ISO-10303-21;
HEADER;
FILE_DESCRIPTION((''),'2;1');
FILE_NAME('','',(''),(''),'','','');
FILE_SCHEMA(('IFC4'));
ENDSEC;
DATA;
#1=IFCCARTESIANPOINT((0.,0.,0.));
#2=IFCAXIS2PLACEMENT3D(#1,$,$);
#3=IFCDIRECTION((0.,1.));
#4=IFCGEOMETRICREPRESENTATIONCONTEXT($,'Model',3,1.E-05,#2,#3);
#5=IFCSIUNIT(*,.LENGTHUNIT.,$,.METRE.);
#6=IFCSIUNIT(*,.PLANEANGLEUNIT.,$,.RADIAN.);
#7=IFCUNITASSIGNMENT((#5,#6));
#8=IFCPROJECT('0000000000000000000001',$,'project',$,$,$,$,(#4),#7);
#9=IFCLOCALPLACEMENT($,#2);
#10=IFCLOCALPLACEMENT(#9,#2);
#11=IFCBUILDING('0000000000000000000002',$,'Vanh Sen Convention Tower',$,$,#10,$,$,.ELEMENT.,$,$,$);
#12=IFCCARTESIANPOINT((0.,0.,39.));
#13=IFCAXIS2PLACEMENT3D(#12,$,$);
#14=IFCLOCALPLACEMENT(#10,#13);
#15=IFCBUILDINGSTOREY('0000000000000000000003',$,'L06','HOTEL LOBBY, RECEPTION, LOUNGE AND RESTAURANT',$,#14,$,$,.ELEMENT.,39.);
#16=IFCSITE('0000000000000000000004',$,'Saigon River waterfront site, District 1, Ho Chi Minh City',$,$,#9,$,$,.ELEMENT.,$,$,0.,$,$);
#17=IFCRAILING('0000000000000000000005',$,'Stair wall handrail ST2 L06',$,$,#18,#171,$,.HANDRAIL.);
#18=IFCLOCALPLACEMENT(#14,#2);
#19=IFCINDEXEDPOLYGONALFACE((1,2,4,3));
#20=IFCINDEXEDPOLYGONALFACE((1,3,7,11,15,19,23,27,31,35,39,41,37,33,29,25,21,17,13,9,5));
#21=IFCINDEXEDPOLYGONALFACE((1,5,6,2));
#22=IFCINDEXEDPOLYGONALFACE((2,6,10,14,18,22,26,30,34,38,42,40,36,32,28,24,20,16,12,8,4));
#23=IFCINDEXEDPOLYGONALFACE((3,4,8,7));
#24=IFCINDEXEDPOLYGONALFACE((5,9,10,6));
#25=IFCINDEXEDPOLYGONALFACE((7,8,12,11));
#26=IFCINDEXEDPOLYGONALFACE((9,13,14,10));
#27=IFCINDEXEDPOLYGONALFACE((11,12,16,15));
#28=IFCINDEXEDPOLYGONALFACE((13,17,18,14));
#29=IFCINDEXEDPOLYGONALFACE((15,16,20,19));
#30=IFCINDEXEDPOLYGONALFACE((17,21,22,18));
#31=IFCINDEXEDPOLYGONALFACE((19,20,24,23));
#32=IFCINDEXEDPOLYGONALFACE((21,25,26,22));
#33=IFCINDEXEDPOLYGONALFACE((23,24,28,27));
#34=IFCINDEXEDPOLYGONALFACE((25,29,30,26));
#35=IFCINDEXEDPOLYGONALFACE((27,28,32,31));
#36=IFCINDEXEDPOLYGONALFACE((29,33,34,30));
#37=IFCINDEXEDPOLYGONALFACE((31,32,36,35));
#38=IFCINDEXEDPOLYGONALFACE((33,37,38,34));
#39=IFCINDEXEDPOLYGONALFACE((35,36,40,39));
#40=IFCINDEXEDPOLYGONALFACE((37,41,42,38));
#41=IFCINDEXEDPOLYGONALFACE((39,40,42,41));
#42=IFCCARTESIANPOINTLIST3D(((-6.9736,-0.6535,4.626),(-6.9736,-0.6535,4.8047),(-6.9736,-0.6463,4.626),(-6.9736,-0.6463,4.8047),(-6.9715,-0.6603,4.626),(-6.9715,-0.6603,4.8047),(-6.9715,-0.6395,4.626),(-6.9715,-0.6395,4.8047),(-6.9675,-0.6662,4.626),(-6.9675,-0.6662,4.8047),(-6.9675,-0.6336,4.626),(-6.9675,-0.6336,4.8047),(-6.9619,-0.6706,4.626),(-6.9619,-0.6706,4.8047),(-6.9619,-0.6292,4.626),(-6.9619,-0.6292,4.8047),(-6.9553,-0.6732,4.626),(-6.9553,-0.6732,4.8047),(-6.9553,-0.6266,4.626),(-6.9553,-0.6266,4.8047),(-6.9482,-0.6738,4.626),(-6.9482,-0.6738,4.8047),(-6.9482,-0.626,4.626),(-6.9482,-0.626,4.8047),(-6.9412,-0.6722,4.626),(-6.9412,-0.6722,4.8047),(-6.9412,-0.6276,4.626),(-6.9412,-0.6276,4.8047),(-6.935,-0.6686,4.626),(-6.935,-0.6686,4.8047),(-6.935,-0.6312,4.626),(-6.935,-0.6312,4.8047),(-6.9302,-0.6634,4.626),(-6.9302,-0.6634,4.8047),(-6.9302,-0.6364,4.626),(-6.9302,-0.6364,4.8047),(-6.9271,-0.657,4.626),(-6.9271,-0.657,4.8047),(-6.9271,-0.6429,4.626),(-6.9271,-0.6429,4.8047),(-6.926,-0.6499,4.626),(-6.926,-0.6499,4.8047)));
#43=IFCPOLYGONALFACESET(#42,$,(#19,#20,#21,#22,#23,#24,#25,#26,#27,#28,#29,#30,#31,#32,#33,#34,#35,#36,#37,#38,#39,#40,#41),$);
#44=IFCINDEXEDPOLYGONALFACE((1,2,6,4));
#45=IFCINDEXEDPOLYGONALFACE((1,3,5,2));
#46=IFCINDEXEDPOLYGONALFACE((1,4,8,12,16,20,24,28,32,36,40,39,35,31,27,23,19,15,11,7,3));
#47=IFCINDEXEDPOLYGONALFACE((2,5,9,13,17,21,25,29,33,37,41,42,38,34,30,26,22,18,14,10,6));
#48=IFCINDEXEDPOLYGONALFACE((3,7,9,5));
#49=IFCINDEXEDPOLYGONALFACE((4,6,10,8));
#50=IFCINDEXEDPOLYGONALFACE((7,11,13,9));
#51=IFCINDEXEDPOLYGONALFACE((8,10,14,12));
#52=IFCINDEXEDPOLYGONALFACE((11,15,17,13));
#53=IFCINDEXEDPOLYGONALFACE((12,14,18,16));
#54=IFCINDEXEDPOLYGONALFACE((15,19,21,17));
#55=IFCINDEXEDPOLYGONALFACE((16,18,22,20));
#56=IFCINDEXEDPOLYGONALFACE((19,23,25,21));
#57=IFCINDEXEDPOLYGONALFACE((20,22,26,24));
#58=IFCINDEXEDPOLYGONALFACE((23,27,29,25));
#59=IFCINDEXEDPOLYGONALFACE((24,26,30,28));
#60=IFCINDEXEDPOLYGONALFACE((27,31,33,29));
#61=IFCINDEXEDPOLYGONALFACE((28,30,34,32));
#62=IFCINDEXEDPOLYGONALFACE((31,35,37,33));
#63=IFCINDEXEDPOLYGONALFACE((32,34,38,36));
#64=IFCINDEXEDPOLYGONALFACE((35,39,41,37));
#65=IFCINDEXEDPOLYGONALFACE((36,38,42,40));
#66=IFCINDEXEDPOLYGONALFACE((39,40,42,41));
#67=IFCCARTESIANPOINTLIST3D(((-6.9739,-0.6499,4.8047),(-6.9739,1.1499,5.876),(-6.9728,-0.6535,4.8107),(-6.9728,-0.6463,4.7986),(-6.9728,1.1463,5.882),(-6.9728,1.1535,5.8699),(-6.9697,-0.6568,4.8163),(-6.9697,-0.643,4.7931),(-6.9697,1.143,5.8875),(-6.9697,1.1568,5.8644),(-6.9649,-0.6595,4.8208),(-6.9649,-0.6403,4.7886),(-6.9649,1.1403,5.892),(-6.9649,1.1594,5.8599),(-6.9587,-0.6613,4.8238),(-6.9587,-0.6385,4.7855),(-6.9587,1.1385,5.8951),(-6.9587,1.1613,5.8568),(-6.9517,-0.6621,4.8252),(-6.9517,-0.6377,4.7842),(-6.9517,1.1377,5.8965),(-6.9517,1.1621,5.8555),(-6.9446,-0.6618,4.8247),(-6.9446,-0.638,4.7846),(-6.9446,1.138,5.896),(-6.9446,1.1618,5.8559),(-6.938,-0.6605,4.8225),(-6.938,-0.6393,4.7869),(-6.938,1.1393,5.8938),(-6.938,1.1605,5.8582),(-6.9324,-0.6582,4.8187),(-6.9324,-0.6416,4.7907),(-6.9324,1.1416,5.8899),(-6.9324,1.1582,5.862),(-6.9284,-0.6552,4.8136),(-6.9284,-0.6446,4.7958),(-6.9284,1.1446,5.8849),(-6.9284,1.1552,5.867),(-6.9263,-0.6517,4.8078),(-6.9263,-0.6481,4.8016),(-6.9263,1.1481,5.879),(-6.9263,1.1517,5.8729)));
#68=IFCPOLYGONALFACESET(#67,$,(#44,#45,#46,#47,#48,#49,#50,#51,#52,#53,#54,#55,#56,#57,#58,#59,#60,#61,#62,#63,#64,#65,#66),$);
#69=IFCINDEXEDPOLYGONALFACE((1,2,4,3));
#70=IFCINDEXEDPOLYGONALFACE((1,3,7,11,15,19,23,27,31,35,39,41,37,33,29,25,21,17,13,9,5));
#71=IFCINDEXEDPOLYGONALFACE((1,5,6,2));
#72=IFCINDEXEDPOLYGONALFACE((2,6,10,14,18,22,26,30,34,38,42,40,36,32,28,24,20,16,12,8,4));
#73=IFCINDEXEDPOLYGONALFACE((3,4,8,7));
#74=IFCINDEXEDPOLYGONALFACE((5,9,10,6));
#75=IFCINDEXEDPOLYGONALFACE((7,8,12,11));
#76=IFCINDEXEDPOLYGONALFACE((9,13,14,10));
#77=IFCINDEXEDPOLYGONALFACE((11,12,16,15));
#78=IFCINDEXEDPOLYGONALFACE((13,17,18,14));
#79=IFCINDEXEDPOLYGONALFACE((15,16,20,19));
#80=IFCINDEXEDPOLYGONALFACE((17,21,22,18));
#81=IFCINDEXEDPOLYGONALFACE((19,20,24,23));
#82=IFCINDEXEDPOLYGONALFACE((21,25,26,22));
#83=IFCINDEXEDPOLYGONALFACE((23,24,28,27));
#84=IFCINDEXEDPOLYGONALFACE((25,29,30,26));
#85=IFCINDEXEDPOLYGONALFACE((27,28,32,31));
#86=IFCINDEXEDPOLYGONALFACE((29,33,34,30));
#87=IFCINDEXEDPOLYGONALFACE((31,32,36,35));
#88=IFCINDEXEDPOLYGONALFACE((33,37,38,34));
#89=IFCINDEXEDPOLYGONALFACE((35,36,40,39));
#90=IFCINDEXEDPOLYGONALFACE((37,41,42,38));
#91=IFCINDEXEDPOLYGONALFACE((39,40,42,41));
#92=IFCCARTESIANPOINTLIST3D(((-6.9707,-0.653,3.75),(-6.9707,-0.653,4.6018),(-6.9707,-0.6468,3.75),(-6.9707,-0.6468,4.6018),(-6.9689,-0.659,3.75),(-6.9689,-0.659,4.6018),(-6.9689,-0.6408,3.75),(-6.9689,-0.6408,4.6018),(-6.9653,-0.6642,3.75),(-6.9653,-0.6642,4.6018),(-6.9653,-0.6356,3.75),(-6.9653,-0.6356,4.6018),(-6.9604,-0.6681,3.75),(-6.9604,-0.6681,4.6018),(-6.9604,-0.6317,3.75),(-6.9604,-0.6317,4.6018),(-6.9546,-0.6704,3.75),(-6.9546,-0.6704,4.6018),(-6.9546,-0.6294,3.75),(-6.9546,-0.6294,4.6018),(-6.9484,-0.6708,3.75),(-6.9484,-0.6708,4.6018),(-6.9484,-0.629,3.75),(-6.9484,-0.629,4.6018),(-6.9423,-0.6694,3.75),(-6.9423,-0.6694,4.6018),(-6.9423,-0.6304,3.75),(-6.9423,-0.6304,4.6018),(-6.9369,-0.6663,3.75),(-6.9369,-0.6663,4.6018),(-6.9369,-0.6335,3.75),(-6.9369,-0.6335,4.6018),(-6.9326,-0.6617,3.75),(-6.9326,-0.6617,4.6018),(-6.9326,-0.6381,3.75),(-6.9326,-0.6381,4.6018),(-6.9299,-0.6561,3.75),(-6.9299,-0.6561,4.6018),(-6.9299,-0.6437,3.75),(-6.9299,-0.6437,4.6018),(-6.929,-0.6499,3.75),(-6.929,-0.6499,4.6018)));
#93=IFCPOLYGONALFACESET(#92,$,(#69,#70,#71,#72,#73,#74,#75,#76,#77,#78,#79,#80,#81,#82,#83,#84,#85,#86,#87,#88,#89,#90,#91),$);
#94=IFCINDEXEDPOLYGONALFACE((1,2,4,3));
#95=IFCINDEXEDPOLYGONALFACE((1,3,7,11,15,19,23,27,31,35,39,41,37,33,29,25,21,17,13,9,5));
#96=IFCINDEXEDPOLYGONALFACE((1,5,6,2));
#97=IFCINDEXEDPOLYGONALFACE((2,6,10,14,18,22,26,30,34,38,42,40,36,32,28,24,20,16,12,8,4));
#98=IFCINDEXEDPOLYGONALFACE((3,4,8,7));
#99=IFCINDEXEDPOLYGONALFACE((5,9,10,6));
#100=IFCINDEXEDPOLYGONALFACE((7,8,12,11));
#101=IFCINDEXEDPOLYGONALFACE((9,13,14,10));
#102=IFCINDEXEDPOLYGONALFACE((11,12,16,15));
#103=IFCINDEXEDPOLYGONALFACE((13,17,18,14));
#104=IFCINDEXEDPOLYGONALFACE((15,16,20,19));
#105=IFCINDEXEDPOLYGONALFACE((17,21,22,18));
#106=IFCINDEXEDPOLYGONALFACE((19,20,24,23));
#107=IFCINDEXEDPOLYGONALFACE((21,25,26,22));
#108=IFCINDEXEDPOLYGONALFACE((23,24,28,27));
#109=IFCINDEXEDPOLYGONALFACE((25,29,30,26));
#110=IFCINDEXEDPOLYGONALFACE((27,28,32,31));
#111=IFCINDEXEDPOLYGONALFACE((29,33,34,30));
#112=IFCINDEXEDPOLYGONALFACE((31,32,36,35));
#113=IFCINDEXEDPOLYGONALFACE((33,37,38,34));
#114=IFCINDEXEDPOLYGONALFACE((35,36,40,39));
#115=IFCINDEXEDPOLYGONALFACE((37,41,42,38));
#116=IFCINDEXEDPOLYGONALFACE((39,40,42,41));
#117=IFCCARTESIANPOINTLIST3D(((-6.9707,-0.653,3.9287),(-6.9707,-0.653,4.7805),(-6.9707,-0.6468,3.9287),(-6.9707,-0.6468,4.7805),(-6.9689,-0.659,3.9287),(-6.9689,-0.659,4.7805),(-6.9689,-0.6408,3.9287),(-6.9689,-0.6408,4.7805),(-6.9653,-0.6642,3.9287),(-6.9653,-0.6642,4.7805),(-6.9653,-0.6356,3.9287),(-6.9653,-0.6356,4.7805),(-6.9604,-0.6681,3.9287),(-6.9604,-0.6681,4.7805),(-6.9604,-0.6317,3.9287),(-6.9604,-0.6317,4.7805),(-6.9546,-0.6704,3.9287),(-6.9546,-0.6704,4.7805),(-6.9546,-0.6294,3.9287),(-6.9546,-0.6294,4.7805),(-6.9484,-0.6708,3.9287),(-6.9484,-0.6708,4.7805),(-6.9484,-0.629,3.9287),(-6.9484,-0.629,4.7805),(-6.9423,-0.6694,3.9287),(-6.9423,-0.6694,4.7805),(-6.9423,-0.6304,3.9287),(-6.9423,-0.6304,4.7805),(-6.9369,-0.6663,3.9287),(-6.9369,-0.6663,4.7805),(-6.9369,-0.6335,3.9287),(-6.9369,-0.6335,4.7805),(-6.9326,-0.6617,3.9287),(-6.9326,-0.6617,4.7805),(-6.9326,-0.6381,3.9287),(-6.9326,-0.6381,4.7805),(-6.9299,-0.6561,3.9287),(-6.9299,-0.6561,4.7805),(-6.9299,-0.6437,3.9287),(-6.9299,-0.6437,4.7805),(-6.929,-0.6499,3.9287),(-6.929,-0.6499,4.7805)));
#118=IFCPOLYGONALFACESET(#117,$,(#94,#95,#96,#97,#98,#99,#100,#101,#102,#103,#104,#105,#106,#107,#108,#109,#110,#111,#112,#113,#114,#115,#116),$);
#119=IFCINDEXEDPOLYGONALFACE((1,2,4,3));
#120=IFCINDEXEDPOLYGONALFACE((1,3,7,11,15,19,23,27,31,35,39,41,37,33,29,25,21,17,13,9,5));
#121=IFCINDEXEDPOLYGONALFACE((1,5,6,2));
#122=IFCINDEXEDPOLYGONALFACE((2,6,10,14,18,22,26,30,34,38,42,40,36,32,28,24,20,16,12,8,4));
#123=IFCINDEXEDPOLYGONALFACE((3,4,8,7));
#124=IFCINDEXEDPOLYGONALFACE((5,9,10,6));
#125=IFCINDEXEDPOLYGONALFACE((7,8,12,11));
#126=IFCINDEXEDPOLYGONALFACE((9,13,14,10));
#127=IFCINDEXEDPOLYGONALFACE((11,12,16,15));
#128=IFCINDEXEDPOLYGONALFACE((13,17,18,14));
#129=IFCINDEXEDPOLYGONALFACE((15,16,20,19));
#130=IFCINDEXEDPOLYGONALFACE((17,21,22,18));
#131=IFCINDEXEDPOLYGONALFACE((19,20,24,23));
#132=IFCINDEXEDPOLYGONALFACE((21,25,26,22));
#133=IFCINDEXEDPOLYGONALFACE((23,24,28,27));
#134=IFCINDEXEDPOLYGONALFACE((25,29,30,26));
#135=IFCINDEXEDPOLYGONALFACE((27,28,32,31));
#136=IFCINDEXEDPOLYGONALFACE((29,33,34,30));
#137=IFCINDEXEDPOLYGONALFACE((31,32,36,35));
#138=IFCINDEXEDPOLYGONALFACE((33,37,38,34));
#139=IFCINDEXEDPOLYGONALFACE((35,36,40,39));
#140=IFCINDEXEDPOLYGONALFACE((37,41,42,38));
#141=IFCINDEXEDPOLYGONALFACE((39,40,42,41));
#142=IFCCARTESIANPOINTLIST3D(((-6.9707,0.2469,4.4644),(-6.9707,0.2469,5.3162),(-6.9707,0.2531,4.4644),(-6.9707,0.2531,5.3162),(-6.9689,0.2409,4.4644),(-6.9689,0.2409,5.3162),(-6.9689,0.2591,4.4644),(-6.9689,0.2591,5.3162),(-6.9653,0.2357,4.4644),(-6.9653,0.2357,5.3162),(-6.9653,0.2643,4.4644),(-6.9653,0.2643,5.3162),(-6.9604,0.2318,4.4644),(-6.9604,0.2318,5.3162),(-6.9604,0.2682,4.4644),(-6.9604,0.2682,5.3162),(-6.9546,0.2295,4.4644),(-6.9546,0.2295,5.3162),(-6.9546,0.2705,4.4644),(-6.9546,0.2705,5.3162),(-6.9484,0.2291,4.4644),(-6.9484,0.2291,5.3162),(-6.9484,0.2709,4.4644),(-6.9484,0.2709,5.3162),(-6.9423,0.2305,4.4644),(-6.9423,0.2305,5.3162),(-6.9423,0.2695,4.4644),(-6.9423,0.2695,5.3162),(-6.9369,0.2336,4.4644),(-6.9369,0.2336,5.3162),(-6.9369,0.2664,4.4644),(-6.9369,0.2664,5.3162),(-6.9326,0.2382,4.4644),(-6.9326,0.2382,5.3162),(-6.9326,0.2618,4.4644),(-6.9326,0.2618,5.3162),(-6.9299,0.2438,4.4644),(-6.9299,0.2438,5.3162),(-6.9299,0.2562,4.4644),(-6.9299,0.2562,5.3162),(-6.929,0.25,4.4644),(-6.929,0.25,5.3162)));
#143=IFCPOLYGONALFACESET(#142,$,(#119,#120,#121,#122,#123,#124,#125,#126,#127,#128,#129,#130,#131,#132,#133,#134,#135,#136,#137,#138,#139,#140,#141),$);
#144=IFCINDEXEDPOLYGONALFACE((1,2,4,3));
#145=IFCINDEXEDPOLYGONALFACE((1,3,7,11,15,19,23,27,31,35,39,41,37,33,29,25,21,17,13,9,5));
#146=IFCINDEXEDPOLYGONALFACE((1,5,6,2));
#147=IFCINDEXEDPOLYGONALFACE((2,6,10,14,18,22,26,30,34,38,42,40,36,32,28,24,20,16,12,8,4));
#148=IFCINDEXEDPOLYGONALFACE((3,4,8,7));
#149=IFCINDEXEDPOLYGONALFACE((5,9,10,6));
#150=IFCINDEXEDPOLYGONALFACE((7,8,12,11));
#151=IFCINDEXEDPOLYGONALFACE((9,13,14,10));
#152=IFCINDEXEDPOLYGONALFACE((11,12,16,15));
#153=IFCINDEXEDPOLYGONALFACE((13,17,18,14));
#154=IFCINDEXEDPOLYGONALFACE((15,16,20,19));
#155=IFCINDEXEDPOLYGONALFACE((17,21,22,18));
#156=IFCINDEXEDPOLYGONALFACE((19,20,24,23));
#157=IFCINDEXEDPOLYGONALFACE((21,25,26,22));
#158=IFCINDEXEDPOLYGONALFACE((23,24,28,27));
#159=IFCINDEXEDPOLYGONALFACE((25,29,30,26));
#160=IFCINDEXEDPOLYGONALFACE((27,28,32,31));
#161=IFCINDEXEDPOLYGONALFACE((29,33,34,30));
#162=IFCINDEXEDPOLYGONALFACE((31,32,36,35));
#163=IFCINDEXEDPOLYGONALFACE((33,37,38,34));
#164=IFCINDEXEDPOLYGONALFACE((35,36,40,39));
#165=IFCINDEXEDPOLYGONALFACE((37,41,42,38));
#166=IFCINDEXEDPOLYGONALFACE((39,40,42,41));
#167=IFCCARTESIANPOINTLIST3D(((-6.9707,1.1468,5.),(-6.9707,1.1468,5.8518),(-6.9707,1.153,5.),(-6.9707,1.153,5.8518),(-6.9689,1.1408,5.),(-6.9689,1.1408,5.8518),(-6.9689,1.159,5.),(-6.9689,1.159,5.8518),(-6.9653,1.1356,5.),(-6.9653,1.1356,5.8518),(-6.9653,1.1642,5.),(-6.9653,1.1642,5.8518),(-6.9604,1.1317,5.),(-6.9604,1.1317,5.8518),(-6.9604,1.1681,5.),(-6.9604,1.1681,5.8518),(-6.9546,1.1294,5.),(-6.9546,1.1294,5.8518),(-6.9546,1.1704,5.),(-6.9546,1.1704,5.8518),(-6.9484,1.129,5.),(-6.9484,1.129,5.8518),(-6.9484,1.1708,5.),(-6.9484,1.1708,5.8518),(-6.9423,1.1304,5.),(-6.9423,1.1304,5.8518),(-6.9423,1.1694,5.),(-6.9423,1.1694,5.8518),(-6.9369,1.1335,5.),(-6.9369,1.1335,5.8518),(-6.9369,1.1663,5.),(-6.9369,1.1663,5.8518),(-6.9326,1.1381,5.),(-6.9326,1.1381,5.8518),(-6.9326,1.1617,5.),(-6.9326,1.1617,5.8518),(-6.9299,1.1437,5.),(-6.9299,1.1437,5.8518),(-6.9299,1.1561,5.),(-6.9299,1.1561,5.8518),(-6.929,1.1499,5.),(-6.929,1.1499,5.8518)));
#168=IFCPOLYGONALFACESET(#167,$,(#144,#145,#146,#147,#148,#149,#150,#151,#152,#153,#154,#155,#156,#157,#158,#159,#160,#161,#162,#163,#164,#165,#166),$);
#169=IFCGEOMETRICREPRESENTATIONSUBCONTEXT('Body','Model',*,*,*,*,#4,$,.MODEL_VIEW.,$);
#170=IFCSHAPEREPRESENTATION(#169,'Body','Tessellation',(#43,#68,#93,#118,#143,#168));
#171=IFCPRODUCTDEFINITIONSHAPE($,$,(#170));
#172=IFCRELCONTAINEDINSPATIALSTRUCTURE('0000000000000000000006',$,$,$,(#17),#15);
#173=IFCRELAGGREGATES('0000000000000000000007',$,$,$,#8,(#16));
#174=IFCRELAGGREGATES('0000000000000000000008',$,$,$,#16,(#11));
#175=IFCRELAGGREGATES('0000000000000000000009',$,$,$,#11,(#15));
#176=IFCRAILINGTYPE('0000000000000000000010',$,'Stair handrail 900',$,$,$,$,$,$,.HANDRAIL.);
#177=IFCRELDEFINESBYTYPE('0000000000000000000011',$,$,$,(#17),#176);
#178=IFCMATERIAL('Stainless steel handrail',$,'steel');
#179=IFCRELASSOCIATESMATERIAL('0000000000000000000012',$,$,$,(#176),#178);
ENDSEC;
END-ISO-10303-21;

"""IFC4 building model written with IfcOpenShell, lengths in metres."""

from ifc_helpers import new_model, si_unit, direction, frame, origin, origin_2d, place, context, subcontext, project, spatial, circle, extrude, material, type_object, element, save


model = new_model("IFC4")

# Units and contexts
model_context = context("Model", 3, precision=1e-05, world=origin(), true_north=direction((0.0, 1.0)))
body_context = subcontext(model_context, "Body", "Model", "MODEL_VIEW")
ifc_project = project(units=[si_unit("LENGTHUNIT", "METRE"), si_unit("PLANEANGLEUNIT", "RADIAN")], contexts=[model_context])

# Site, building, storey
site_placement = place(None, origin())
site = spatial("IfcSite", under=ifc_project, at=site_placement, Name="Saigon River waterfront site, District 1, Ho Chi Minh City", CompositionType="ELEMENT", RefElevation=0.0)
building_placement = place(site_placement, origin())
building = spatial("IfcBuilding", under=site, at=building_placement, Name="Vanh Sen Convention Tower", CompositionType="ELEMENT")
storey_placement = place(building_placement, frame((0.0, 0.0, 39.0)))
storey = spatial("IfcBuildingStorey", under=building, at=storey_placement, Name="L06", Description="HOTEL LOBBY, RECEPTION, LOUNGE AND RESTAURANT", CompositionType="ELEMENT", Elevation=39.0)

# Railing
ifc_material_1 = material(Name="Stainless steel handrail", Category="steel")
railing_type = type_object("IfcRailingType", Name="Stair handrail 900", PredefinedType="HANDRAIL", material=ifc_material_1)
railing_placement = place(storey_placement, frame((-6.95, -0.6499, 3.75)))
element("IfcRailing", 1, at=railing_placement, inside=storey, type_object=railing_type, Name="Stair wall handrail ST2 L06", PredefinedType="HANDRAIL", context=body_context, shape_type="SweptSolid", body=[
    extrude(circle(Radius=0.0239, at=origin_2d()), frame((0.0, 0.0, 0.876), z_axis=(0.0, 0.0, 1.0), x_axis=(1.0, 0.0, 0.0)), (0.0, 0.0, 1.0), 0.1787),
    extrude(circle(Radius=0.0239, at=origin_2d()), frame((0.0, 0.0, 1.0547), z_axis=(0.0, 0.859298, 0.511476), x_axis=(-1.0, 0.0, 0.0)), (0.0, 0.0, 1.0), 2.0945),
    extrude(circle(Radius=0.021, at=origin_2d()), origin(), (0.0, 0.0, 1.0), 0.8518),
    extrude(circle(Radius=0.021, at=origin_2d()), frame((0.0, 0.0, 0.1787)), (0.0, 0.0, 1.0), 0.8518),
    extrude(circle(Radius=0.021, at=origin_2d()), frame((0.0, 0.8999, 0.7144)), (0.0, 0.0, 1.0), 0.8518),
    extrude(circle(Radius=0.021, at=origin_2d()), frame((0.0, 1.7998, 1.25)), (0.0, 0.0, 1.0), 0.8518),
])

save(model, "model.ifc")
